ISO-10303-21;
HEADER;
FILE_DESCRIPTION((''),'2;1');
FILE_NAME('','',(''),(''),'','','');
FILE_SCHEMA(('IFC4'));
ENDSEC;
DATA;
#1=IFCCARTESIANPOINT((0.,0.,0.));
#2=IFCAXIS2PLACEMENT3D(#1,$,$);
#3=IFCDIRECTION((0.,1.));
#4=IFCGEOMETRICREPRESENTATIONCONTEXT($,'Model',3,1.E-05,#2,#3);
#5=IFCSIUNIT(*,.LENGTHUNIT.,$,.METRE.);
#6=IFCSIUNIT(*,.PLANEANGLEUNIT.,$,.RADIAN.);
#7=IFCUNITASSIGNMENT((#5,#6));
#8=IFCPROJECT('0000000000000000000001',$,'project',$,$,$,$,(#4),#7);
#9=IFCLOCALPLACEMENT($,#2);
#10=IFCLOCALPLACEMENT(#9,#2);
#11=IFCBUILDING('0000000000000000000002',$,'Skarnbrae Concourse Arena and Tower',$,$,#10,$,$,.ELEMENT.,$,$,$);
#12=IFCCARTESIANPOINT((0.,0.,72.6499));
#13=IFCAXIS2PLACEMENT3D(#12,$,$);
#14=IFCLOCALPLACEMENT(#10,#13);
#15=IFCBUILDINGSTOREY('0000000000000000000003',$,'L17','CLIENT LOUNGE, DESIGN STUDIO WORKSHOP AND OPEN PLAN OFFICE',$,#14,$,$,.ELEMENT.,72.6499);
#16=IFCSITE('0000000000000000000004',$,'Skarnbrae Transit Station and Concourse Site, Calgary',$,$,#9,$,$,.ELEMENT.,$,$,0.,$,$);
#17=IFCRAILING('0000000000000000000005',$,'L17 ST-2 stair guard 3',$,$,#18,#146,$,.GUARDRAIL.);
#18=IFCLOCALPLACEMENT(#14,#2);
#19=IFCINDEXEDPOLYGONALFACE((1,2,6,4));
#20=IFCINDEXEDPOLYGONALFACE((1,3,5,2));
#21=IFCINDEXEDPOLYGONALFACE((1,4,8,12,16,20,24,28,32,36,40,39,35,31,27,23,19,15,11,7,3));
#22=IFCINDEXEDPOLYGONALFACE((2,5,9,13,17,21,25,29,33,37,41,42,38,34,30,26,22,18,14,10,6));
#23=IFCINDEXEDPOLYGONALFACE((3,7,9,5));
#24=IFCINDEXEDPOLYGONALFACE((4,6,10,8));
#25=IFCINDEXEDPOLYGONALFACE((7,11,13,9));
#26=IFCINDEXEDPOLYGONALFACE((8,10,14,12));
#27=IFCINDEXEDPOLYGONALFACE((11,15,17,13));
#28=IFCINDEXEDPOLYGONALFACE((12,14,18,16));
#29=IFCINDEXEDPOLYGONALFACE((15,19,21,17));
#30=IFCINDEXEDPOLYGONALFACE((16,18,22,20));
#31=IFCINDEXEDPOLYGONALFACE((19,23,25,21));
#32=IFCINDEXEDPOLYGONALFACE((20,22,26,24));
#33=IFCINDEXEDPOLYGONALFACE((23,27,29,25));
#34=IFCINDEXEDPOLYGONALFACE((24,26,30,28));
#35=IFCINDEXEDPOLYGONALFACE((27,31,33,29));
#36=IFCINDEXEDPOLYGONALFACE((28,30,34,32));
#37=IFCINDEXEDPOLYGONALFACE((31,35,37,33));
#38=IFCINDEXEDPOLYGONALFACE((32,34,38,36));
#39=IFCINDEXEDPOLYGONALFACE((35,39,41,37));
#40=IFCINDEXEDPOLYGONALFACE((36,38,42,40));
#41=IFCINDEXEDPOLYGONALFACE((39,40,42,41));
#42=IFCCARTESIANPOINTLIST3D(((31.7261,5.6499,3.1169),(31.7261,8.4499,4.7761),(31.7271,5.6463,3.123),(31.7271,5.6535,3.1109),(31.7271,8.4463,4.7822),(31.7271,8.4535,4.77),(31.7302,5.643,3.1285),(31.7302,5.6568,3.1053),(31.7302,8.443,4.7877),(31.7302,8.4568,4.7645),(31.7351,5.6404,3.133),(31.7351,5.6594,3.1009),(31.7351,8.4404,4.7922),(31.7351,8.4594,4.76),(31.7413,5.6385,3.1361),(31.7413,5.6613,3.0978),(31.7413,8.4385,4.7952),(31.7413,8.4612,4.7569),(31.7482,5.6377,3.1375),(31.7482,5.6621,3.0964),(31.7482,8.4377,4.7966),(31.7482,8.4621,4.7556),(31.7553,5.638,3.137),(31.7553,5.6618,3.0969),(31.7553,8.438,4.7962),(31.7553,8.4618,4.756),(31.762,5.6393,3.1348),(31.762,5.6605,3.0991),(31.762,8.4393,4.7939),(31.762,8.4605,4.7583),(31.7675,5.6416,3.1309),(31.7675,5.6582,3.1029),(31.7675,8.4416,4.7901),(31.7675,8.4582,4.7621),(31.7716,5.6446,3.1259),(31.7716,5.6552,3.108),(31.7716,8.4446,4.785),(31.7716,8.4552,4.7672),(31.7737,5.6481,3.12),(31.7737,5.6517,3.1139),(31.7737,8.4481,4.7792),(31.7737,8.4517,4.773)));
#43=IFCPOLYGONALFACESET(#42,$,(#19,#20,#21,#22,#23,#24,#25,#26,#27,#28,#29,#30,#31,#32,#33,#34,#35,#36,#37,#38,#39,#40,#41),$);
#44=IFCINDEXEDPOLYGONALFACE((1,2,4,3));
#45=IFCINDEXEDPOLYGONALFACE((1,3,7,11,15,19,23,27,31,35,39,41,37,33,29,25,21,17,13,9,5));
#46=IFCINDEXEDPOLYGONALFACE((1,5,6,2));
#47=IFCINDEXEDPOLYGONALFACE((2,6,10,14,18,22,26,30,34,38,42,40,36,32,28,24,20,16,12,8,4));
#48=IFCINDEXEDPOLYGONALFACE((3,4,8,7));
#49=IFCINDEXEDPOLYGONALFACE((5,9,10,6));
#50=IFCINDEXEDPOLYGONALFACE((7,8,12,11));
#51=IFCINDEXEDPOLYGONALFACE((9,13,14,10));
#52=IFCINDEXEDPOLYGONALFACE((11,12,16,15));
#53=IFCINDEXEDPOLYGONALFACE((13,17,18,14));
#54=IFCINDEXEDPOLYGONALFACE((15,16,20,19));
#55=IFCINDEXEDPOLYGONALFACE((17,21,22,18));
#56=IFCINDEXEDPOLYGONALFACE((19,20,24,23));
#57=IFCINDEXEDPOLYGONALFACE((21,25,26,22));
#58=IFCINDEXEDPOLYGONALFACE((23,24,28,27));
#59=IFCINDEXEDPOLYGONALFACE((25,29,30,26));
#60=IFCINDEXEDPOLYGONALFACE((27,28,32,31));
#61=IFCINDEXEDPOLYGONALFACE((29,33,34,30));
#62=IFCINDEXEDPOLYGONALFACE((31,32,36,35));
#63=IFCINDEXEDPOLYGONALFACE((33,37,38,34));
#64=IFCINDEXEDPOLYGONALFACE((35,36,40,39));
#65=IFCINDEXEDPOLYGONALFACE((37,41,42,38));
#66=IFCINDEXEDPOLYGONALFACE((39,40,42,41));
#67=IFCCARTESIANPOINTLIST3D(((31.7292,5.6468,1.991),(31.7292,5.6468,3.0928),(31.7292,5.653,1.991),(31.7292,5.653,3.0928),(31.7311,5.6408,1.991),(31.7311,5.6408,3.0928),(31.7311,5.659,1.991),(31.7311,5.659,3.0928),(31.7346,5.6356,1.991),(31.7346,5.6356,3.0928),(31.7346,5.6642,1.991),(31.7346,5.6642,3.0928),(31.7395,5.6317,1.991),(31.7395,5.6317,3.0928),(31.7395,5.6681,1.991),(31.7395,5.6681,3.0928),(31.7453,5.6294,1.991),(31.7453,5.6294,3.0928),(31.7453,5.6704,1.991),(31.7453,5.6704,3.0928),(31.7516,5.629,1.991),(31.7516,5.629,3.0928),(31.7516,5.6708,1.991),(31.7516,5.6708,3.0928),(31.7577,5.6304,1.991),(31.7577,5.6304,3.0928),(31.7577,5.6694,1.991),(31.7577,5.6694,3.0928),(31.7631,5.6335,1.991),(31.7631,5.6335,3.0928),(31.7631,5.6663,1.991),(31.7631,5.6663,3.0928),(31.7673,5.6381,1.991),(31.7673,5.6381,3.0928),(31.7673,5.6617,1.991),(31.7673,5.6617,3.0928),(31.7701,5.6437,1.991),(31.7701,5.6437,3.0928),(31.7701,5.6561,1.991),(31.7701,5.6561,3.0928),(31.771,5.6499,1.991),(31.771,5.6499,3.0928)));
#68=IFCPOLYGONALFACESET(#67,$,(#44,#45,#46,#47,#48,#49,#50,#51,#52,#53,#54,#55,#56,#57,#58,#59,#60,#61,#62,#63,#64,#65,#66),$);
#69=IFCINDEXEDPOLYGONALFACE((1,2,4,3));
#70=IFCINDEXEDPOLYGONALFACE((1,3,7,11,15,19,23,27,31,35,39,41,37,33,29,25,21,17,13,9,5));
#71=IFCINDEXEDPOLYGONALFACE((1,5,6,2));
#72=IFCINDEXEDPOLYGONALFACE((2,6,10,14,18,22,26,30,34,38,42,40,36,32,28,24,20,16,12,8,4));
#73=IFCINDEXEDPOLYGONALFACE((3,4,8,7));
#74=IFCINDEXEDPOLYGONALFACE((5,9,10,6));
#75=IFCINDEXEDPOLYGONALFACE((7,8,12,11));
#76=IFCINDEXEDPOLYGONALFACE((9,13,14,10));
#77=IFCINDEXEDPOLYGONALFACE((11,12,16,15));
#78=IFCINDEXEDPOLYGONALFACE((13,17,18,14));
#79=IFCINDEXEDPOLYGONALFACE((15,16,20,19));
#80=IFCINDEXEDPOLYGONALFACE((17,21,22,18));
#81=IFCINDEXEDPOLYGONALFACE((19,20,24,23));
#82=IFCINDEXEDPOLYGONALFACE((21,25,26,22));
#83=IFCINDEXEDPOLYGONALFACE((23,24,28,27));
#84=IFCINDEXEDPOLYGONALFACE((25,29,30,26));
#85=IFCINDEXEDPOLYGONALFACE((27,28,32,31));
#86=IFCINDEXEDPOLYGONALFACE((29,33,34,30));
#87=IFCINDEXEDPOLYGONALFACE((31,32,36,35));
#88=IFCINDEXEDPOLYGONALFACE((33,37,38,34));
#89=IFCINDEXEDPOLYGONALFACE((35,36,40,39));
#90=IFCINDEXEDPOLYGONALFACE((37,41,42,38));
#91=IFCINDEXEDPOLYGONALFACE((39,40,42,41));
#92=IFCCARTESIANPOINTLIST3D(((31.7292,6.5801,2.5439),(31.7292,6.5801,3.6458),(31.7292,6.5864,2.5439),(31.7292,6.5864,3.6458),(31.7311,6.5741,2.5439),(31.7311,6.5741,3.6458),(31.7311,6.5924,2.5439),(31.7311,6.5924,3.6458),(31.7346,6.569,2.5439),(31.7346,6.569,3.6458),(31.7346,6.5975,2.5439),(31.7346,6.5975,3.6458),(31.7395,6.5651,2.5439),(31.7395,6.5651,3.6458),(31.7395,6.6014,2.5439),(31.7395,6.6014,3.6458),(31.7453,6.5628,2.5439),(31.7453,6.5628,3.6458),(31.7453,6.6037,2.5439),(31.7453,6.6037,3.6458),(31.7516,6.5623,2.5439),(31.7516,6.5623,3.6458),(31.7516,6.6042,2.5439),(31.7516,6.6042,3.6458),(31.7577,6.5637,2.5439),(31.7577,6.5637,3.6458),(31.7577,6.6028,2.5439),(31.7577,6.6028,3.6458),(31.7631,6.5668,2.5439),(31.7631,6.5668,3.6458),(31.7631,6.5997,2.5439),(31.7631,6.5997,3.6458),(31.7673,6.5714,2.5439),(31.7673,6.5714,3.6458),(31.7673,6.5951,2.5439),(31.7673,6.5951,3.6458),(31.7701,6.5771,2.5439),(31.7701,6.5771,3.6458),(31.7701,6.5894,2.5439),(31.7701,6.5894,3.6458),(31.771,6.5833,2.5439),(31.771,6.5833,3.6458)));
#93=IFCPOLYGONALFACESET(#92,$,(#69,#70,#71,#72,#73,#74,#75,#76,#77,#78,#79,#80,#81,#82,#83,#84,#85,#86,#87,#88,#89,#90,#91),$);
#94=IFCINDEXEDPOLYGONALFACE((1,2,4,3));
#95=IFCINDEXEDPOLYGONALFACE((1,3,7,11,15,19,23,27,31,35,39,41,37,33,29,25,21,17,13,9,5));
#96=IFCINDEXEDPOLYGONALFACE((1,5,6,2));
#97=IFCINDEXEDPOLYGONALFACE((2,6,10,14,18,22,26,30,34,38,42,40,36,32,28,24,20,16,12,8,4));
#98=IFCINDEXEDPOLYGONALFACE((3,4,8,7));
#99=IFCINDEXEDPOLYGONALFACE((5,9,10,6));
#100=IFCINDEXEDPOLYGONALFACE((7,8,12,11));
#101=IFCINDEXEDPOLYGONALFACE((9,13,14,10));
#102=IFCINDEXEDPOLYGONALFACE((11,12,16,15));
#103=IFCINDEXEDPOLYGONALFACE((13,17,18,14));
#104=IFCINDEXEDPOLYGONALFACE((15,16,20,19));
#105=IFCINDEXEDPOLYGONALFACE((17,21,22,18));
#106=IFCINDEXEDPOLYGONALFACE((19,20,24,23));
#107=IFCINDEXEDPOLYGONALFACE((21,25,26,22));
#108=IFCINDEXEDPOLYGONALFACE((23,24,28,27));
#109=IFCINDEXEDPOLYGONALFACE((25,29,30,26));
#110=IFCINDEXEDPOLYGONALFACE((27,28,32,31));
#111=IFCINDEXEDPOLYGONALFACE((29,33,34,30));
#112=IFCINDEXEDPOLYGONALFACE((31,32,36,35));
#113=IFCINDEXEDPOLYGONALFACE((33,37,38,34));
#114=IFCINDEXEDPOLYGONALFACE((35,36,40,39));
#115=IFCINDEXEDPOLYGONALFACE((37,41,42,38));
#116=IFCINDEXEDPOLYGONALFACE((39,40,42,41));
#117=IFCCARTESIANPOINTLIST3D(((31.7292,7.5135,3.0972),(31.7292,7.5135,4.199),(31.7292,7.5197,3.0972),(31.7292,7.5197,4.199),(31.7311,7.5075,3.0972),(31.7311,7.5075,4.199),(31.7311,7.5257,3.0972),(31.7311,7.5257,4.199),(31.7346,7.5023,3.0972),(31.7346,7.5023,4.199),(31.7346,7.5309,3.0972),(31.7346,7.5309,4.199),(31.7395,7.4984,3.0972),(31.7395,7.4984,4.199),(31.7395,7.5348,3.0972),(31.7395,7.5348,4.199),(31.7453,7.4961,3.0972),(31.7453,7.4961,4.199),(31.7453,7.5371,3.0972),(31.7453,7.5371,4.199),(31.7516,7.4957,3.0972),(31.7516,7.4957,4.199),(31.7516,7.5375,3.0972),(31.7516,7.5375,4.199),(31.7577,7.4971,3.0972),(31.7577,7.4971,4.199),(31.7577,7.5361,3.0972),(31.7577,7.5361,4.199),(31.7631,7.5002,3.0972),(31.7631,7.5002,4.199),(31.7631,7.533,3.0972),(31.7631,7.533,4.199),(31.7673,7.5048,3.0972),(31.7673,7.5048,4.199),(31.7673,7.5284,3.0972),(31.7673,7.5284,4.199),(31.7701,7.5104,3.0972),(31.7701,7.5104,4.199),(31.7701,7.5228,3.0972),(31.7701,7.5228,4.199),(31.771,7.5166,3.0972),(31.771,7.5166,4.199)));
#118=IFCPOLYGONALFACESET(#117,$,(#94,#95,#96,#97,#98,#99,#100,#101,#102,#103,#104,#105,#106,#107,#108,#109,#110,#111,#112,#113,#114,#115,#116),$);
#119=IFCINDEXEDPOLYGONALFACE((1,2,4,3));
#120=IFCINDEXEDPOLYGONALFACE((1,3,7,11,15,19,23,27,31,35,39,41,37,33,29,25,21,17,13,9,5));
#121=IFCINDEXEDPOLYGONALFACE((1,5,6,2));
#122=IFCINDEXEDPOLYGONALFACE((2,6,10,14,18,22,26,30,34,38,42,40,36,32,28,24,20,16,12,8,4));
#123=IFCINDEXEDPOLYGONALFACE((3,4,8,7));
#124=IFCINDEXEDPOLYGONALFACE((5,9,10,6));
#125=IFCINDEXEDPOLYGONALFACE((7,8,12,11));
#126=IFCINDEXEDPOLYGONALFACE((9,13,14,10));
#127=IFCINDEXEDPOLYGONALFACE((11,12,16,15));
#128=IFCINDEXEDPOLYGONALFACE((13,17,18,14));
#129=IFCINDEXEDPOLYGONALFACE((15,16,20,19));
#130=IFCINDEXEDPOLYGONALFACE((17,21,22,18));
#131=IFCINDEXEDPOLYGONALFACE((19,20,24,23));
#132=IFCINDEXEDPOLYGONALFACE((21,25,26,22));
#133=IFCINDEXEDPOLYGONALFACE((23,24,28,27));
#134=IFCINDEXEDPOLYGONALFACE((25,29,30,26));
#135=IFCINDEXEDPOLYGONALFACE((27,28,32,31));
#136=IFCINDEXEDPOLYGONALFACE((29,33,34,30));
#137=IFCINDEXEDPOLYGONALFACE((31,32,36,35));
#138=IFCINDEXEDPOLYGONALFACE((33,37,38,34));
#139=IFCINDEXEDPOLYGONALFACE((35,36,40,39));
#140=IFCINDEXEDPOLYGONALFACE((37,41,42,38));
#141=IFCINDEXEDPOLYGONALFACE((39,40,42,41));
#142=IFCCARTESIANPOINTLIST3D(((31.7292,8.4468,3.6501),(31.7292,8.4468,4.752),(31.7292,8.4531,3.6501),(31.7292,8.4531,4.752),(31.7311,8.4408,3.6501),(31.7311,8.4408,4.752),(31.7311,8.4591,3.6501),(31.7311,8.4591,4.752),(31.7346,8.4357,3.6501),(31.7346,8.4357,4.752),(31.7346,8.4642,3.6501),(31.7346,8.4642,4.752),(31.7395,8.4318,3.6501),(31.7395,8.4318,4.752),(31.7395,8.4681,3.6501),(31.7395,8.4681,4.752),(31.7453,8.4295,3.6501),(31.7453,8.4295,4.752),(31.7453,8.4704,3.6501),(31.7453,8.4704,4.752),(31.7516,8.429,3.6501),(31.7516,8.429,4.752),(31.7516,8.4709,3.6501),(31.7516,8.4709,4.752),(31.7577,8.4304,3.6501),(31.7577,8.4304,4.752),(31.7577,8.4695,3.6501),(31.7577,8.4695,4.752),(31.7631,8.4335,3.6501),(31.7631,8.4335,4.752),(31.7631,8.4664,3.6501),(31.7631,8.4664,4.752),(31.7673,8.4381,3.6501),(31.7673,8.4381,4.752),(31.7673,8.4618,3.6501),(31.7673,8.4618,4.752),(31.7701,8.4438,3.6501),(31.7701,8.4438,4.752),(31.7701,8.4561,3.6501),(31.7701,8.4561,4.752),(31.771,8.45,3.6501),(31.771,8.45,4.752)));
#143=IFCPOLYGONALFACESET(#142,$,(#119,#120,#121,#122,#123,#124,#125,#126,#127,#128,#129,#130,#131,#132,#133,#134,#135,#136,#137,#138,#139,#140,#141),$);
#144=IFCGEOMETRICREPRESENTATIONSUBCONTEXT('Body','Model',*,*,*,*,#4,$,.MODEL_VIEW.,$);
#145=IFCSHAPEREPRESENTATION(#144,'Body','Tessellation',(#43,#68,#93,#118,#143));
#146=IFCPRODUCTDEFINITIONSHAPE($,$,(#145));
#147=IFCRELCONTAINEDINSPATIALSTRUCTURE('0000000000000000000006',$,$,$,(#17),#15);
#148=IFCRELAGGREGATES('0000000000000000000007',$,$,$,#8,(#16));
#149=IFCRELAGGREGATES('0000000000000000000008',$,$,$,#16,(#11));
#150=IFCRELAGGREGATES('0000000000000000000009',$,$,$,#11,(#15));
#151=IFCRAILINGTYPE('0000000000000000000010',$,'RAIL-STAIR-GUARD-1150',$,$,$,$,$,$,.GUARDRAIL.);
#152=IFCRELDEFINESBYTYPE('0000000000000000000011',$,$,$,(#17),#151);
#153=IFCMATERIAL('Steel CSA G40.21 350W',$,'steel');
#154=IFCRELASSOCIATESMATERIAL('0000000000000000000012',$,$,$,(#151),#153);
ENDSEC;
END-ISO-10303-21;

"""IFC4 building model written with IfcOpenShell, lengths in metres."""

from ifc_helpers import new_model, si_unit, direction, frame, origin, origin_2d, place, context, subcontext, project, spatial, circle, extrude, material, type_object, element, save


model = new_model("IFC4")

# Units and contexts
model_context = context("Model", 3, precision=1e-05, world=origin(), true_north=direction((0.0, 1.0)))
body_context = subcontext(model_context, "Body", "Model", "MODEL_VIEW")
ifc_project = project(units=[si_unit("LENGTHUNIT", "METRE"), si_unit("PLANEANGLEUNIT", "RADIAN")], contexts=[model_context])

# Site, building, storey
site_placement = place(None, origin())
site = spatial("IfcSite", under=ifc_project, at=site_placement, Name="Skarnbrae Transit Station and Concourse Site, Calgary", CompositionType="ELEMENT", RefElevation=0.0)
building_placement = place(site_placement, origin())
building = spatial("IfcBuilding", under=site, at=building_placement, Name="Skarnbrae Concourse Arena and Tower", CompositionType="ELEMENT")
storey_placement = place(building_placement, frame((0.0, 0.0, 72.6499)))
storey = spatial("IfcBuildingStorey", under=building, at=storey_placement, Name="L17", Description="CLIENT LOUNGE, DESIGN STUDIO WORKSHOP AND OPEN PLAN OFFICE", CompositionType="ELEMENT", Elevation=72.6499)

# Shared definitions
ifc_material_1 = material(Name="Steel CSA G40.21 350W", Category="steel")

# Railing
railing_type_1 = type_object("IfcRailingType", Name="RAIL-STAIR-GUARD-1150", PredefinedType="GUARDRAIL", material=ifc_material_1)
railing_1_placement = place(storey_placement, frame((31.75, 5.6499, 1.991)))
element("IfcRailing", 1, at=railing_1_placement, inside=storey, type_object=railing_type_1, Name="L17 ST-2 stair guard 3", PredefinedType="GUARDRAIL", context=body_context, shape_type="SweptSolid", body=[
    extrude(circle(Radius=0.0239, at=origin_2d()), frame((0.0, 0.0, 1.126), z_axis=(0.0, 0.860306, 0.509778), x_axis=(-1.0, 0.0, 0.0)), (0.0, 0.0, 1.0), 3.2546),
    extrude(circle(Radius=0.021, at=origin_2d()), origin(), (0.0, 0.0, 1.0), 1.1018),
    extrude(circle(Radius=0.021, at=origin_2d()), frame((0.0, 0.9333, 0.553)), (0.0, 0.0, 1.0), 1.1018),
    extrude(circle(Radius=0.021, at=origin_2d()), frame((0.0, 1.8667, 1.1062)), (0.0, 0.0, 1.0), 1.1018),
    extrude(circle(Radius=0.021, at=origin_2d()), frame((0.0, 2.8, 1.6592)), (0.0, 0.0, 1.0), 1.1018),
])

save(model, "model.ifc")
